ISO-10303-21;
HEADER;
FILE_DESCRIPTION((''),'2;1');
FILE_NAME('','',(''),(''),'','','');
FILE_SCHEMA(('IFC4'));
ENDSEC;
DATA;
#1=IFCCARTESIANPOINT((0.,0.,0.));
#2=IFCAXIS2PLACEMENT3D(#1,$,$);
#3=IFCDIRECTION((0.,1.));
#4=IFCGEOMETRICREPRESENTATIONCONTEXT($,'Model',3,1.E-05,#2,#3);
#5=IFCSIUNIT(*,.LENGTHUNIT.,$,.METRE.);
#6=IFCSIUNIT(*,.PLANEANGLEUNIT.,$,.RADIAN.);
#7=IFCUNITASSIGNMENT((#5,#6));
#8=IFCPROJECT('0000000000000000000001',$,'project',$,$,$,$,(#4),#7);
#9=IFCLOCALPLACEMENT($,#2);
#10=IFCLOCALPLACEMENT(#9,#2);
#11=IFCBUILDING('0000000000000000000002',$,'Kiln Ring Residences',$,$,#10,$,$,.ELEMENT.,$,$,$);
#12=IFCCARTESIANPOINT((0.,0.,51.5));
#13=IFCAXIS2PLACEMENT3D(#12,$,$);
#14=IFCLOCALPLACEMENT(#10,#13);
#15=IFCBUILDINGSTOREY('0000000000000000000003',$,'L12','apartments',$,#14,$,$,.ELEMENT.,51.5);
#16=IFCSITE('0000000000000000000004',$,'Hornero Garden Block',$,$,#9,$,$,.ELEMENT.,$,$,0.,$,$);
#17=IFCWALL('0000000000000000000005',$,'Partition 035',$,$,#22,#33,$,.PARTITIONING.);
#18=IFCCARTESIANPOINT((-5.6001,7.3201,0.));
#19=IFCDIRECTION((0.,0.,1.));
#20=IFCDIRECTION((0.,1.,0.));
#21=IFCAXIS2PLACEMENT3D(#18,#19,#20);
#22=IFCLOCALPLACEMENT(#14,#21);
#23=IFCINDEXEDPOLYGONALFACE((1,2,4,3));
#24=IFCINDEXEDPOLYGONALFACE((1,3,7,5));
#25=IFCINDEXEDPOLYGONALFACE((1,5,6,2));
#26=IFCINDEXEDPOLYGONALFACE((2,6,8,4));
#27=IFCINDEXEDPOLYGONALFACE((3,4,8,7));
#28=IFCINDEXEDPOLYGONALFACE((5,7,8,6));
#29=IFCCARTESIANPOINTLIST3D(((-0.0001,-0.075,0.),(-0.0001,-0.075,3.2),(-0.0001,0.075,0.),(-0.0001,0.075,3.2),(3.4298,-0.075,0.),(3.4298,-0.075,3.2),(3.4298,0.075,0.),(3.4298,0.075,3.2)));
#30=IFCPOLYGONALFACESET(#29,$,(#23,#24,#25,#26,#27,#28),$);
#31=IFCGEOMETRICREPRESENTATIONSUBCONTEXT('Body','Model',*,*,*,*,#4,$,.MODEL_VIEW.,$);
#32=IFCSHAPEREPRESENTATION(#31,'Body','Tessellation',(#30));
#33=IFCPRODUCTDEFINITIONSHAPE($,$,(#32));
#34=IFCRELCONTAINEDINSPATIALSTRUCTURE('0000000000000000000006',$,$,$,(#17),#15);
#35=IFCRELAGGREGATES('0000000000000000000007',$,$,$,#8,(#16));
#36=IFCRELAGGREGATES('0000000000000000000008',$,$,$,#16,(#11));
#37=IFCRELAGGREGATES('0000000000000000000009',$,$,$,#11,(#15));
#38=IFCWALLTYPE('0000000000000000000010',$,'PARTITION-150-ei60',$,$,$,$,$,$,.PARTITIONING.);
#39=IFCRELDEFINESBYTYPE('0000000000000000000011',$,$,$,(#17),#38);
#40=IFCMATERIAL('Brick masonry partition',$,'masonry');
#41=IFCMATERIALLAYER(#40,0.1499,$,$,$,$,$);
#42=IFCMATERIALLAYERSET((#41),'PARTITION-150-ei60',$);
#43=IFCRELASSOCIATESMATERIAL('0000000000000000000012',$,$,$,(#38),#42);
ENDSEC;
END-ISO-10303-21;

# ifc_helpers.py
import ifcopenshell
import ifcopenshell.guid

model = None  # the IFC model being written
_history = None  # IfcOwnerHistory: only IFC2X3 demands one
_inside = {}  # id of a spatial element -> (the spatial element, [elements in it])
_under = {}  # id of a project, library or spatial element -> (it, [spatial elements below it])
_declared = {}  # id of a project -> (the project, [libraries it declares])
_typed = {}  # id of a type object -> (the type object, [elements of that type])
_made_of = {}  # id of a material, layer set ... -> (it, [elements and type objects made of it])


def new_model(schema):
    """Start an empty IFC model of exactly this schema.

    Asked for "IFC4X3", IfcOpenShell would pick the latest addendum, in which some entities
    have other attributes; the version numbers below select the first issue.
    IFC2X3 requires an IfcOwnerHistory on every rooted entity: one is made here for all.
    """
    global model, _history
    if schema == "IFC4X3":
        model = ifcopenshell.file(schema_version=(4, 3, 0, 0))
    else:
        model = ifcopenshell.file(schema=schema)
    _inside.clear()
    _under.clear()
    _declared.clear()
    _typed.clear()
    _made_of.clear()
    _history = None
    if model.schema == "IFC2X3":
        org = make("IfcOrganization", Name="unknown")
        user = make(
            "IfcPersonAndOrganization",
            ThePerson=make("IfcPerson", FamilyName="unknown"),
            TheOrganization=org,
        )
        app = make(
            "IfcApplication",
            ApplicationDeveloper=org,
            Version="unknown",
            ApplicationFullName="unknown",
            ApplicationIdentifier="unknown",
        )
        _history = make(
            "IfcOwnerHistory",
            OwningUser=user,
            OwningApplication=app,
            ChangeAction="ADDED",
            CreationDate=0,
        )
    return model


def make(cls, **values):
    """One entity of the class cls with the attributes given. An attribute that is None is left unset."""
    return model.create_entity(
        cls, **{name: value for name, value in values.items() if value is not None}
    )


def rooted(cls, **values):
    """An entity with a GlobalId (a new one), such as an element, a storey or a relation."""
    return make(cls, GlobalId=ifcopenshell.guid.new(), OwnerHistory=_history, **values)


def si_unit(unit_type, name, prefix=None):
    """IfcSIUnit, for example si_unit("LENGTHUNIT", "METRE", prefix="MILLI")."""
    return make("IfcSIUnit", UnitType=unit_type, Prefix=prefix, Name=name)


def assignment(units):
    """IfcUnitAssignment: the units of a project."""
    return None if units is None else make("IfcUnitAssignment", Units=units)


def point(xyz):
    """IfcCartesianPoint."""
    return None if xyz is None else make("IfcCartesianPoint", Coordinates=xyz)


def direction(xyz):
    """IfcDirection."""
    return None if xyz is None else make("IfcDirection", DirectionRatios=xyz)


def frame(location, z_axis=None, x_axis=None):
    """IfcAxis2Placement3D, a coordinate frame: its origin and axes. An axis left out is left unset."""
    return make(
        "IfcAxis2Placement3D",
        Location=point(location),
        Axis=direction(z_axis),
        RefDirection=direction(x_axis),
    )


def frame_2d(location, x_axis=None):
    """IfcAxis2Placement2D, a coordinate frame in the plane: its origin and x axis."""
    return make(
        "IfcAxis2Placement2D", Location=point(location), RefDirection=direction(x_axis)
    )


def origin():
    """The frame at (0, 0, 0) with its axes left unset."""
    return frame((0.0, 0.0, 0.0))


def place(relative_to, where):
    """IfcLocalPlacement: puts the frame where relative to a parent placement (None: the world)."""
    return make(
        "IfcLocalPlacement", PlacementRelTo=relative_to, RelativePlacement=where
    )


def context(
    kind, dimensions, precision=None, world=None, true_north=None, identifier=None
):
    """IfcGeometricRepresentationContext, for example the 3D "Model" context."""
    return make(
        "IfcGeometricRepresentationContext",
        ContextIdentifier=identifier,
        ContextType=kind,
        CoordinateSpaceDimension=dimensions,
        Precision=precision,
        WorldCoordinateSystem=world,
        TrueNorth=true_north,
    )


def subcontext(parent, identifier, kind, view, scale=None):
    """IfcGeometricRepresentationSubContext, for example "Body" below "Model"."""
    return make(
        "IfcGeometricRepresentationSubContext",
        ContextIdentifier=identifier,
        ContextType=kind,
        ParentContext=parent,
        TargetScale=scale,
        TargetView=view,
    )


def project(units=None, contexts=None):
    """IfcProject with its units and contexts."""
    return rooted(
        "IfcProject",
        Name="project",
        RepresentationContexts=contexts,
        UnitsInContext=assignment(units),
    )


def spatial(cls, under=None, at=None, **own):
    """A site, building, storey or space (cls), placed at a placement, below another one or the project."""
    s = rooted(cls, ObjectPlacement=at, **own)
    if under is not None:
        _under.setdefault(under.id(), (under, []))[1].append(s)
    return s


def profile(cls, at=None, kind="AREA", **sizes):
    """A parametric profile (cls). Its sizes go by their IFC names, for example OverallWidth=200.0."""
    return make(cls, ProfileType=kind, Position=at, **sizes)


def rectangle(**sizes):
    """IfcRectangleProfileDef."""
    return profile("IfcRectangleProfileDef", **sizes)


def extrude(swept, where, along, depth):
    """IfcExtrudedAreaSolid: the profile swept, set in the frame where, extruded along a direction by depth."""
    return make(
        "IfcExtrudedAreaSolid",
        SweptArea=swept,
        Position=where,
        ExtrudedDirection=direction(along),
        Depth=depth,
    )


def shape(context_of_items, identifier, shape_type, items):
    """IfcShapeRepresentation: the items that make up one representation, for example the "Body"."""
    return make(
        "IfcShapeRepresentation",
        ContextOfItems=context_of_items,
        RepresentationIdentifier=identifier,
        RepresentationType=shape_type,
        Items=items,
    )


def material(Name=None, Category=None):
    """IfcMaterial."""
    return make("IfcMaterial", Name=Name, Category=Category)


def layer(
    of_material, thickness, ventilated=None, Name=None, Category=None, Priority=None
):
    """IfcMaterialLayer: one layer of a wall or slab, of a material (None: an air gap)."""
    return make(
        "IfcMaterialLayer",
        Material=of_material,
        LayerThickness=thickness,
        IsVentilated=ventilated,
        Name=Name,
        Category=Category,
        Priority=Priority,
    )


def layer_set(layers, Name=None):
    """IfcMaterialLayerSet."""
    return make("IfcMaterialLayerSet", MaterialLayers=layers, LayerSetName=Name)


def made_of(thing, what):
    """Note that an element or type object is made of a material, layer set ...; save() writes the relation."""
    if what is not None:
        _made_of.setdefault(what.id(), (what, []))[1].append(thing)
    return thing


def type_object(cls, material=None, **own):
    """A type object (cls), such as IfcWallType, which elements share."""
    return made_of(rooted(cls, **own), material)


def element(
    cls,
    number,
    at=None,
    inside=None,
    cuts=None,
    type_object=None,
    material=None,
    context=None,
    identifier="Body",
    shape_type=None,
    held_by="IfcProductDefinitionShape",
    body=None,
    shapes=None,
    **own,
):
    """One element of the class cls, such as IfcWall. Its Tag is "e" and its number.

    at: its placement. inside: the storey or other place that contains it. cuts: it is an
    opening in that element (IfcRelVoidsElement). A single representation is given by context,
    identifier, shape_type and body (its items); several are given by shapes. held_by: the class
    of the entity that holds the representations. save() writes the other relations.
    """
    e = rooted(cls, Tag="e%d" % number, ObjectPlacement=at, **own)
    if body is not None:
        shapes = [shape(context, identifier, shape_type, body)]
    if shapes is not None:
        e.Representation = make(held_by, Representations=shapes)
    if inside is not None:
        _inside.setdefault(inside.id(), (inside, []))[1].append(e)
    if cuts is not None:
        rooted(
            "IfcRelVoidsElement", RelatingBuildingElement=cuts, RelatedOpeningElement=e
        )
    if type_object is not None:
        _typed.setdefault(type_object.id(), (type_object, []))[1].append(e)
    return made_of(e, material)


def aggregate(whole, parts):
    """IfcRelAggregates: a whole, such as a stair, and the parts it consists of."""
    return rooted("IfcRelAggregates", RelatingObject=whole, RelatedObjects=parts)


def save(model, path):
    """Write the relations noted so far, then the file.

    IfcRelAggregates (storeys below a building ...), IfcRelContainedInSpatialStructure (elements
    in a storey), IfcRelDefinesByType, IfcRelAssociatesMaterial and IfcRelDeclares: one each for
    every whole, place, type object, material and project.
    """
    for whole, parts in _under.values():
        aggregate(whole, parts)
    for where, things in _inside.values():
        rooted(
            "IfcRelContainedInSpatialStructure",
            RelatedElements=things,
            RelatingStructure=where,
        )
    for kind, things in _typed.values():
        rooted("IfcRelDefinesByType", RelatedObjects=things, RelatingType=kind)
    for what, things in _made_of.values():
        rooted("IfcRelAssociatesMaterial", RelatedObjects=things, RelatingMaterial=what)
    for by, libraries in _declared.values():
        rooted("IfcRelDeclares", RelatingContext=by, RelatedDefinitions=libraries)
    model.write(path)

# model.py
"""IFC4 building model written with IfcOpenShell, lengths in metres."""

from ifc_helpers import new_model, si_unit, direction, frame, frame_2d, origin, place, context, subcontext, project, spatial, rectangle, extrude, material, layer, layer_set, type_object, element, save


model = new_model("IFC4")

# Units and contexts
model_context = context("Model", 3, precision=1e-05, world=origin(), true_north=direction((0.0, 1.0)))
body_context = subcontext(model_context, "Body", "Model", "MODEL_VIEW")
ifc_project = project(units=[si_unit("LENGTHUNIT", "METRE"), si_unit("PLANEANGLEUNIT", "RADIAN")], contexts=[model_context])

# Site, building, storey
site_placement = place(None, origin())
site = spatial("IfcSite", under=ifc_project, at=site_placement, Name="Hornero Garden Block", CompositionType="ELEMENT", RefElevation=0.0)
building_placement = place(site_placement, origin())
building = spatial("IfcBuilding", under=site, at=building_placement, Name="Kiln Ring Residences", CompositionType="ELEMENT")
storey_placement = place(building_placement, frame((0.0, 0.0, 51.5)))
storey = spatial("IfcBuildingStorey", under=building, at=storey_placement, Name="L12", Description="apartments", CompositionType="ELEMENT", Elevation=51.5)

# Wall
ifc_material_1 = material(Name="Brick masonry partition", Category="masonry")
ifc_layer_1 = layer(ifc_material_1, 0.1499)
ifc_layer_set_1 = layer_set([ifc_layer_1], Name="PARTITION-150-ei60")
wall_type_1 = type_object("IfcWallType", Name="PARTITION-150-ei60", PredefinedType="PARTITIONING", material=ifc_layer_set_1)
wall_1_placement = place(storey_placement, frame((-5.6001, 7.3201, 0.0), z_axis=(0.0, 0.0, 1.0), x_axis=(0.0, 1.0, 0.0)))
element("IfcWall", 1, at=wall_1_placement, inside=storey, type_object=wall_type_1, Name="Partition 035", PredefinedType="PARTITIONING", context=body_context, shape_type="SweptSolid", body=[
    extrude(rectangle(XDim=3.4299, YDim=0.1499, at=frame_2d((1.7148, 0.0))), origin(), (0.0, 0.0, 1.0), 3.2),
])

save(model, "model.ifc")
